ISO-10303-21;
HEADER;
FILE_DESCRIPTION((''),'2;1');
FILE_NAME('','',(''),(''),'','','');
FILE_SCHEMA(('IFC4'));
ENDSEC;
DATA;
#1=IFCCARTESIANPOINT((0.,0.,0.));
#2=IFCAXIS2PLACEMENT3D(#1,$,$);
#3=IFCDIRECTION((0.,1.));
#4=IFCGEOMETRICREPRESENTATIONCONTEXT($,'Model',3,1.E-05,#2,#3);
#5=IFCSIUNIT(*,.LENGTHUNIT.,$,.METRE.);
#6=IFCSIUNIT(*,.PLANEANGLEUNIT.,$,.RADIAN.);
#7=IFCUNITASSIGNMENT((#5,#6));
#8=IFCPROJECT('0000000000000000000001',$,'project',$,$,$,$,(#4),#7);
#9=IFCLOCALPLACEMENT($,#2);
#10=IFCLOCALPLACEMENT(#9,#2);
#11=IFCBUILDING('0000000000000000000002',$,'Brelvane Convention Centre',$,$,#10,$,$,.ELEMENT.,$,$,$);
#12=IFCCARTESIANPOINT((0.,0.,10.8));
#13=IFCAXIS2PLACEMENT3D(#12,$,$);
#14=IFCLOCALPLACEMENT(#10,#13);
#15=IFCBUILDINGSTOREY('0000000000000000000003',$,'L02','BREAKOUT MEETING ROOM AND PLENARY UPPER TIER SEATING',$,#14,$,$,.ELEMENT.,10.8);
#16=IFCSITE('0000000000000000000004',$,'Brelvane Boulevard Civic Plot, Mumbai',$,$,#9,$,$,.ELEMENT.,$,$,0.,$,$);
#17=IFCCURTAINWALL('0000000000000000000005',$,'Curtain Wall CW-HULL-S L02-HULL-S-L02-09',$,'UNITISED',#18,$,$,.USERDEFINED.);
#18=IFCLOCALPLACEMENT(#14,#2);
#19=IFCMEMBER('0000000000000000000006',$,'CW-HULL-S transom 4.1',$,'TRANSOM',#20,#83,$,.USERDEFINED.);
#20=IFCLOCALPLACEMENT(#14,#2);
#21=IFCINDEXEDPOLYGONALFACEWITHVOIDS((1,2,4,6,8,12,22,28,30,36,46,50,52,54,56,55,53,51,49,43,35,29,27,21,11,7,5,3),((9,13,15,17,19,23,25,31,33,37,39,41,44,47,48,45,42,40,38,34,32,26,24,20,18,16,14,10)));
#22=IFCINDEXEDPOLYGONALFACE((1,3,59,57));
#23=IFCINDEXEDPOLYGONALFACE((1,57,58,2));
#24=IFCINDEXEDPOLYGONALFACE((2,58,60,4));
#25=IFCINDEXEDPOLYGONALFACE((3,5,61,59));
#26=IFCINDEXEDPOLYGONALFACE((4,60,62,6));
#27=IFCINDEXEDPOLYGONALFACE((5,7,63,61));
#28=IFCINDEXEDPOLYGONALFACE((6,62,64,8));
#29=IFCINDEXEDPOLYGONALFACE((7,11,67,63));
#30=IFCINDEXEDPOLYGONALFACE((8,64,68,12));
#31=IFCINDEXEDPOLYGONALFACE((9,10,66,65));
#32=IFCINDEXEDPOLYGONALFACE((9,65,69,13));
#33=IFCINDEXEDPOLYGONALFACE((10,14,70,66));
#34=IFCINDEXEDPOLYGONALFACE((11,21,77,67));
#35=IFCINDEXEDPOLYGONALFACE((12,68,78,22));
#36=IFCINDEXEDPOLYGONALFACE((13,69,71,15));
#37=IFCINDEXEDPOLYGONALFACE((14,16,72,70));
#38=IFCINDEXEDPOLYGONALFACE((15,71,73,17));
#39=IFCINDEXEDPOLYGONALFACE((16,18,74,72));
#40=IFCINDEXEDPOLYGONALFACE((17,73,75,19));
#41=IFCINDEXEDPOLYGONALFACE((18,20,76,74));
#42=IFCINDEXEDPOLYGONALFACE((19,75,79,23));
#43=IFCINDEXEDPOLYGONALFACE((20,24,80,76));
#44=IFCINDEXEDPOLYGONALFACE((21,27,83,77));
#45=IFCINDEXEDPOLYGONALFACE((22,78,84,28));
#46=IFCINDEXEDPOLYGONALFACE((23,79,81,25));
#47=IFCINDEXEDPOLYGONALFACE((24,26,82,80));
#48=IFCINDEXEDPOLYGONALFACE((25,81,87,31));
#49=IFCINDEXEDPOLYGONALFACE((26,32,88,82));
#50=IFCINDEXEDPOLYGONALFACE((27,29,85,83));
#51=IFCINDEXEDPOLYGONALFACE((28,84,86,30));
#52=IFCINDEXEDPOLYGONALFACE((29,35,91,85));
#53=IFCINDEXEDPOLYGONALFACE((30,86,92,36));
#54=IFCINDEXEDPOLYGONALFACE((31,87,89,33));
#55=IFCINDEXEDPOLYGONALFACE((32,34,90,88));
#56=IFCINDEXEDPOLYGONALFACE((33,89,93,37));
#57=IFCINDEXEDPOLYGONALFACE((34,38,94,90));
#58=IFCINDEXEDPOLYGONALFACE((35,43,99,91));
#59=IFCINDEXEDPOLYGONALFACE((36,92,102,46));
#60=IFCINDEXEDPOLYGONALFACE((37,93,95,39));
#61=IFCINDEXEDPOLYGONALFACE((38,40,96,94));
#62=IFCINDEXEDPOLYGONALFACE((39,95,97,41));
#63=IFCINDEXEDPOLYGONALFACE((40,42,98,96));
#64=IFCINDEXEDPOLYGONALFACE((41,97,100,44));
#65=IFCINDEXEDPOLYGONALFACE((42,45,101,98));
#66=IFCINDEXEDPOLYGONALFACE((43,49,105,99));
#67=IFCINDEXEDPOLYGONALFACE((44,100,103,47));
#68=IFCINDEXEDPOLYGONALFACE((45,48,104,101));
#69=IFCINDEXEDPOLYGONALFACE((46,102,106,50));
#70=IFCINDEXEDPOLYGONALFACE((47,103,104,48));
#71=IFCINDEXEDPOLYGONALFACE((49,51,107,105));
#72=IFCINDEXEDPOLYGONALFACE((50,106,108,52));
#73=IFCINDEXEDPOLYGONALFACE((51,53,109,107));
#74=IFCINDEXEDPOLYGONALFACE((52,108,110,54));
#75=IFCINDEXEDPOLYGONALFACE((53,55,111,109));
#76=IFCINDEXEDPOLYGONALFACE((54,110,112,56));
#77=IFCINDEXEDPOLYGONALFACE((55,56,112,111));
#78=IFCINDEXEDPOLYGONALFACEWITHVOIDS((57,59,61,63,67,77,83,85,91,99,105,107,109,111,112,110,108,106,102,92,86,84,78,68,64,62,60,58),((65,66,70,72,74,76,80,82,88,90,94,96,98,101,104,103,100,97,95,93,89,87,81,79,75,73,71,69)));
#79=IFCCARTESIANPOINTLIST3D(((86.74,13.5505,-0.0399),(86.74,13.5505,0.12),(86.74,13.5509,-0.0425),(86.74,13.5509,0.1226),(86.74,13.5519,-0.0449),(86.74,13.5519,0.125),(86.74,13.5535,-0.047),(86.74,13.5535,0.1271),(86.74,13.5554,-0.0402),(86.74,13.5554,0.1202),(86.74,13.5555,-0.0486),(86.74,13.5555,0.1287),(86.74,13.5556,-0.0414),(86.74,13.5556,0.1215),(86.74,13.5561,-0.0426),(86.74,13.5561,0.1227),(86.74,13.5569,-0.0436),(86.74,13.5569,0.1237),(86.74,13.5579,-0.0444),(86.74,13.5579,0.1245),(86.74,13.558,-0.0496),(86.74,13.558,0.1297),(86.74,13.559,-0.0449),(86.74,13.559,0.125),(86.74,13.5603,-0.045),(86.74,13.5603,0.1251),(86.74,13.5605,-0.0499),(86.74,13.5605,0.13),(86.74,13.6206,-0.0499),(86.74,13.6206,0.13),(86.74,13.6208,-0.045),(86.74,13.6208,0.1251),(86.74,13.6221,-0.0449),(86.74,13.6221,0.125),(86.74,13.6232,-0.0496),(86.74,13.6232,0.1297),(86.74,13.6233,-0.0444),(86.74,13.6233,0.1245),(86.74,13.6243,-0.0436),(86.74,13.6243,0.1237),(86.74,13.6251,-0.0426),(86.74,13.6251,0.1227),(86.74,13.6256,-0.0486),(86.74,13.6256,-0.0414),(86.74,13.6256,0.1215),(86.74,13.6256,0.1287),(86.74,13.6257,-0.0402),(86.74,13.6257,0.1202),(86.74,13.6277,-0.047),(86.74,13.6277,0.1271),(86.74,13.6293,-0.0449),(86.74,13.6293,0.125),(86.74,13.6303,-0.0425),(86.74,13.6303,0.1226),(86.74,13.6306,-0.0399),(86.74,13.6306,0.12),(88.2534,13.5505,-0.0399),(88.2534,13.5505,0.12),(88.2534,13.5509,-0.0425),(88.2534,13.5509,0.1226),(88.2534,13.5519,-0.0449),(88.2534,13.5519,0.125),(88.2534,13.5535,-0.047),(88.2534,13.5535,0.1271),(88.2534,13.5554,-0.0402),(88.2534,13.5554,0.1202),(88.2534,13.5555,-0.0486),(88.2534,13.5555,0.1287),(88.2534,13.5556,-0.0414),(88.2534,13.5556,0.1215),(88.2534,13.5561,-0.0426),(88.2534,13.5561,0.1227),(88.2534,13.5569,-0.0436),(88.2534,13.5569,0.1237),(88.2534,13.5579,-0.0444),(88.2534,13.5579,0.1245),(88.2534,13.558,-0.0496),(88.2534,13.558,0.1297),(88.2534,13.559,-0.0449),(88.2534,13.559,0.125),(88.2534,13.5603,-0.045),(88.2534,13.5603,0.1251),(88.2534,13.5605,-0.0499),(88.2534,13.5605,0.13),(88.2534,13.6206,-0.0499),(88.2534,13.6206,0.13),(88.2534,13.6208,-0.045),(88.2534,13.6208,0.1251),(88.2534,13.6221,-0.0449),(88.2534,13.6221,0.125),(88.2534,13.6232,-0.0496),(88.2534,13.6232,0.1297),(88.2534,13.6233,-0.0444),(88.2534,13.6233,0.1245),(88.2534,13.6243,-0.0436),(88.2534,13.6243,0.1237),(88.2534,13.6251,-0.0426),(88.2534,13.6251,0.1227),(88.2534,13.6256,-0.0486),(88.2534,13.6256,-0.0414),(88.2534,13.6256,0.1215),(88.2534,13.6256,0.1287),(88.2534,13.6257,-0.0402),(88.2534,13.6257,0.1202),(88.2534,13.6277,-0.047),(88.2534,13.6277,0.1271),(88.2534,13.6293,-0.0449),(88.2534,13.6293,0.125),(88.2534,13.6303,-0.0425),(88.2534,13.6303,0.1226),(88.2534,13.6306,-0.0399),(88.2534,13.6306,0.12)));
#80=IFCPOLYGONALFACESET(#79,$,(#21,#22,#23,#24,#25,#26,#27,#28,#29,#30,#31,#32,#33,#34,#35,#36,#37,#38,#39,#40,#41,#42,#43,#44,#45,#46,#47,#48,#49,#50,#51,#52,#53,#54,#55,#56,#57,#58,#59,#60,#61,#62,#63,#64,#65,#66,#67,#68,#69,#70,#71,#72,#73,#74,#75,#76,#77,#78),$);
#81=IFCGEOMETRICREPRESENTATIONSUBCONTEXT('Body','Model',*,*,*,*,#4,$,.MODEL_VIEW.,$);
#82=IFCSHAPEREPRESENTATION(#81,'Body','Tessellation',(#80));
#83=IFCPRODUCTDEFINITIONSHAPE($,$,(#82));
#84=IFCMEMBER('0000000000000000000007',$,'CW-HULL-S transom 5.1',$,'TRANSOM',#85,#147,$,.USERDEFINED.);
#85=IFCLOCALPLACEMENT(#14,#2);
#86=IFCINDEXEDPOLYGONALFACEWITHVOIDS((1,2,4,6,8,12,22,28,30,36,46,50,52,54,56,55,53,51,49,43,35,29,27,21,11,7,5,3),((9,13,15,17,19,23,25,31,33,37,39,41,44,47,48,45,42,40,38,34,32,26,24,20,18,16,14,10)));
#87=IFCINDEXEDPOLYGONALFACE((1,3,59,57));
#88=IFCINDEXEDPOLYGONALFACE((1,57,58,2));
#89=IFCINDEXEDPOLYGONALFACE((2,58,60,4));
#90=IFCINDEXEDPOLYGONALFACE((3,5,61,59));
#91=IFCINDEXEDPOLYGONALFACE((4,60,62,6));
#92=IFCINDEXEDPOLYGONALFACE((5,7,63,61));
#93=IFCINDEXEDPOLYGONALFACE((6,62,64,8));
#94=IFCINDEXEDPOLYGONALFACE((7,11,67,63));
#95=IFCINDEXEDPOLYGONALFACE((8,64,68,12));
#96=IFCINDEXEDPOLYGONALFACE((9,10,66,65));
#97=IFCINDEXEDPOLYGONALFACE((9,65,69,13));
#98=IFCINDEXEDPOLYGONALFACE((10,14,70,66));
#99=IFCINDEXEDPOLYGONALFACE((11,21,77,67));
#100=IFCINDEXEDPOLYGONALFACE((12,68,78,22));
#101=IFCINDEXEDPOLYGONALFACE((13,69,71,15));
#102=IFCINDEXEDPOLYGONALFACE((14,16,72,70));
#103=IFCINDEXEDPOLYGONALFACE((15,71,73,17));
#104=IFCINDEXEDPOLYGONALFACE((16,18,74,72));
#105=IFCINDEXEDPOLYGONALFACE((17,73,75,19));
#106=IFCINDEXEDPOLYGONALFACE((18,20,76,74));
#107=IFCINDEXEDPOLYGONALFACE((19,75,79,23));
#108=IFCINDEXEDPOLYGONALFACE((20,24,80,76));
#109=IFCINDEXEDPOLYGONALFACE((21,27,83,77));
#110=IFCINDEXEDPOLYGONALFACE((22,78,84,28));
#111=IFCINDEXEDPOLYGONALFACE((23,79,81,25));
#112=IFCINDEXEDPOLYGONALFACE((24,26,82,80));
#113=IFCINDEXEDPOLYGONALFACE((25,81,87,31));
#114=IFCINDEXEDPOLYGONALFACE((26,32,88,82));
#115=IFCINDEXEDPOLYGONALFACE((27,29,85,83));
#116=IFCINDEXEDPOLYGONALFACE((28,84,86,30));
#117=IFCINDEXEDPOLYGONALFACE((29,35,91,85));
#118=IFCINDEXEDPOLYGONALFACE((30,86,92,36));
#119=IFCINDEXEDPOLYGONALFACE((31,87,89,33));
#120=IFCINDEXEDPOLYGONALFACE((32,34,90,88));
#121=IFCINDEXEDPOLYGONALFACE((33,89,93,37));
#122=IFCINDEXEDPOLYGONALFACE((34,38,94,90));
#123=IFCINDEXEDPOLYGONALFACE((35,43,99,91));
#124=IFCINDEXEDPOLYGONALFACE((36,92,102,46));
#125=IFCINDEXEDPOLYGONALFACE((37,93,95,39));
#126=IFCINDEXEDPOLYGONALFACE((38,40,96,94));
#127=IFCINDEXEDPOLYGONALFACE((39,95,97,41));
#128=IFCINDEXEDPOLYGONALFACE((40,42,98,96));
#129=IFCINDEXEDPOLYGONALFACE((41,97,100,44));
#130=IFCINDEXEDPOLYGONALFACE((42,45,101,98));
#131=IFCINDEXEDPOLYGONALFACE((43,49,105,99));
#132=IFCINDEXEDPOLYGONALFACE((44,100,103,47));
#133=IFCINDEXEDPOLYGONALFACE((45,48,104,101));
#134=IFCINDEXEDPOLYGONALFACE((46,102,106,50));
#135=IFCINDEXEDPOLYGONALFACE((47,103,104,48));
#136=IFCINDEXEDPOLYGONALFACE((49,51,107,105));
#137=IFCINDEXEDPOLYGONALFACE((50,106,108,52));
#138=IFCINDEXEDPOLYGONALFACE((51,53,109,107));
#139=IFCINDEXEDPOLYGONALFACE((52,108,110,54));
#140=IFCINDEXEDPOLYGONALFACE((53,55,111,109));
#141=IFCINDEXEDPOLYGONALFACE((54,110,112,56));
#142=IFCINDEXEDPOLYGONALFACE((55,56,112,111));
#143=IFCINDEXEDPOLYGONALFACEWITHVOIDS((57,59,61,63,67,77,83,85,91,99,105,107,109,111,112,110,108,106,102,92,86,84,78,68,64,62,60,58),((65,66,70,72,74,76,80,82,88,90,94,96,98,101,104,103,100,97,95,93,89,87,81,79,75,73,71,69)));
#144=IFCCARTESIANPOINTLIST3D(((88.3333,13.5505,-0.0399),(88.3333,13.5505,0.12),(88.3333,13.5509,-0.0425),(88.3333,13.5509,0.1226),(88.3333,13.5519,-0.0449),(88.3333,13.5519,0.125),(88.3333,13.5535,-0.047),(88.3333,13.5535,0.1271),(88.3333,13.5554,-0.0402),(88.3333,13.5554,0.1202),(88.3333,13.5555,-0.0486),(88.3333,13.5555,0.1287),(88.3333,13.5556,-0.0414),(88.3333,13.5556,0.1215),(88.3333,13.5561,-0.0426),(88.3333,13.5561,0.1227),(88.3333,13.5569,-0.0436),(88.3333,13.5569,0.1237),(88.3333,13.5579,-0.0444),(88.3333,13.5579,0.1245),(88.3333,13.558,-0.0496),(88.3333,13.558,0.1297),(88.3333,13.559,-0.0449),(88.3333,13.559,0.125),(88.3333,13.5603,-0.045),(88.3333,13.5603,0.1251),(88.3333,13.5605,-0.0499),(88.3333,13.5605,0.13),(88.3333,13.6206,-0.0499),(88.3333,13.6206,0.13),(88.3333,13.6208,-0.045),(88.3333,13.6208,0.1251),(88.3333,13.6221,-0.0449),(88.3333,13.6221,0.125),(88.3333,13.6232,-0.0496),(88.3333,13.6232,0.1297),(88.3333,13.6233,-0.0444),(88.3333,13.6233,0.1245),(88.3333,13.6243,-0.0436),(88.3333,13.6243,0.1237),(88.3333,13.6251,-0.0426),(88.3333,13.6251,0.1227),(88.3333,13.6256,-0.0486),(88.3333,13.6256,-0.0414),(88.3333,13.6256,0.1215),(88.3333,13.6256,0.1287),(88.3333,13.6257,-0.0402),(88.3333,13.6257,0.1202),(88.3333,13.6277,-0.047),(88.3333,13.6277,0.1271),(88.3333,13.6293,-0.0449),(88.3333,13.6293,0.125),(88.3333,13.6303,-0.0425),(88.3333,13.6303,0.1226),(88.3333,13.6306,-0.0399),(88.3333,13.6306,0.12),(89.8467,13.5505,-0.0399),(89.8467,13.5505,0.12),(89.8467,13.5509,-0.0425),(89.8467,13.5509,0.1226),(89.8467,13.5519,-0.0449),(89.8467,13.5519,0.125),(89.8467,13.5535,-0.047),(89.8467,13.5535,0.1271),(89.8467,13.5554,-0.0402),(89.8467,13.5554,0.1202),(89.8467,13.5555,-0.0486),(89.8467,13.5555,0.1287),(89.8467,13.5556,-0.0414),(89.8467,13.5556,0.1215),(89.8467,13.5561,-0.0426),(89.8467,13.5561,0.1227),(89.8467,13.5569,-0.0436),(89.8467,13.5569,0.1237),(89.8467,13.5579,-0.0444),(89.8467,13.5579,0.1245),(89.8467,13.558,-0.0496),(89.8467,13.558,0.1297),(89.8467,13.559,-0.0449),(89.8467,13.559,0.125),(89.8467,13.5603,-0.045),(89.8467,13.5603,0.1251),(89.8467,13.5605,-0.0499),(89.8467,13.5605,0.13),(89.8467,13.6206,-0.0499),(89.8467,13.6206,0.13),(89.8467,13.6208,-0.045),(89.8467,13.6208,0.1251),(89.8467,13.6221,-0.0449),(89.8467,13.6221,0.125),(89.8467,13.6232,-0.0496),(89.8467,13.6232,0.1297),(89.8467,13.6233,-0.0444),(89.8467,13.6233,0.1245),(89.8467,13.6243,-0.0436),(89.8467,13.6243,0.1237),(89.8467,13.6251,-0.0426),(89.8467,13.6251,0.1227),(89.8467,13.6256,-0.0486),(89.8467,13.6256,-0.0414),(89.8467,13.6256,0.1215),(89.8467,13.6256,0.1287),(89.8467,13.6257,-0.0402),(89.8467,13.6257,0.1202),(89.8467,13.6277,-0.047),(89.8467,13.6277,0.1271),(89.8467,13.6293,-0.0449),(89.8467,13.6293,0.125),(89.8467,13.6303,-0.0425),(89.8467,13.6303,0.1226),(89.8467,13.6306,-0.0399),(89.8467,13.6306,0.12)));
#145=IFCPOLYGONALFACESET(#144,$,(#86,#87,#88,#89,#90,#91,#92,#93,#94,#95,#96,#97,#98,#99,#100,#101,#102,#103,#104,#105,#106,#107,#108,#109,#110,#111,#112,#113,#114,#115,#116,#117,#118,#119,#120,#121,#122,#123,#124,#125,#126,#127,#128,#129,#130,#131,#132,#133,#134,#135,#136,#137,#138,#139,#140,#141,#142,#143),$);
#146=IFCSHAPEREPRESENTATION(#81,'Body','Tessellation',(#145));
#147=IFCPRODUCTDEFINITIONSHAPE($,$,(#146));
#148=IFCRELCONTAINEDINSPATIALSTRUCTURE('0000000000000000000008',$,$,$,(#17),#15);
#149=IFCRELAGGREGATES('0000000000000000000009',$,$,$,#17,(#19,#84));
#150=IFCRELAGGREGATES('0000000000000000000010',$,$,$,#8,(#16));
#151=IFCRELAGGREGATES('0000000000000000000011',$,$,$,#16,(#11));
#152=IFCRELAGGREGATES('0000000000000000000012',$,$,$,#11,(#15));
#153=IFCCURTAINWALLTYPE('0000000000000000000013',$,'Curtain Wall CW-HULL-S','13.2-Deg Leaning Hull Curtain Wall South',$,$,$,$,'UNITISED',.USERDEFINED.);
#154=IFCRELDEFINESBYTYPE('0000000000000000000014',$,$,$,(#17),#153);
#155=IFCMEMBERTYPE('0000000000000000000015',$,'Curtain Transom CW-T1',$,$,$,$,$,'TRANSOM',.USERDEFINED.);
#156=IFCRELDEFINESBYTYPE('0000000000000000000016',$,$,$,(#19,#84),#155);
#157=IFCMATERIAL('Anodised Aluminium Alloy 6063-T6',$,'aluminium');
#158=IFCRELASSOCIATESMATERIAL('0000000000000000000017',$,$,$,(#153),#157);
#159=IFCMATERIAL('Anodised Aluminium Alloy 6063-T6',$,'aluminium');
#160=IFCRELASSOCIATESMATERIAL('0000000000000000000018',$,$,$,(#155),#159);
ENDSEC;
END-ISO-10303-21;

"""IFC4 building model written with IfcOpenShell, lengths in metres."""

from ifc_helpers import new_model, si_unit, direction, frame, origin, origin_2d, place, context, subcontext, project, spatial, hollow_rectangle, extrude, material, material_profile, profile_set, type_object, element, aggregate, save


model = new_model("IFC4")

# Units and contexts
model_context = context("Model", 3, precision=1e-05, world=origin(), true_north=direction((0.0, 1.0)))
body_context = subcontext(model_context, "Body", "Model", "MODEL_VIEW")
ifc_project = project(units=[si_unit("LENGTHUNIT", "METRE"), si_unit("PLANEANGLEUNIT", "RADIAN")], contexts=[model_context])

# Site, building, storey
site_placement = place(None, origin())
site = spatial("IfcSite", under=ifc_project, at=site_placement, Name="Brelvane Boulevard Civic Plot, Mumbai", CompositionType="ELEMENT", RefElevation=0.0)
building_placement = place(site_placement, origin())
building = spatial("IfcBuilding", under=site, at=building_placement, Name="Brelvane Convention Centre", CompositionType="ELEMENT")
storey_placement = place(building_placement, frame((0.0, 0.0, 10.8)))
storey = spatial("IfcBuildingStorey", under=building, at=storey_placement, Name="L02", Description="BREAKOUT MEETING ROOM AND PLENARY UPPER TIER SEATING", CompositionType="ELEMENT", Elevation=10.8)

# Curtain wall
ifc_material_1 = material(Name="Anodised Aluminium Alloy 6063-T6", Category="aluminium")
curtain_wall_type = type_object("IfcCurtainWallType", Name="Curtain Wall CW-HULL-S", Description="13.2-Deg Leaning Hull Curtain Wall South", ElementType="UNITISED", PredefinedType="USERDEFINED", material=ifc_material_1)
curtain_wall_1_placement = place(storey_placement, origin())
curtain_wall_1 = element("IfcCurtainWall", 1, at=curtain_wall_1_placement, inside=storey, type_object=curtain_wall_type, Name="Curtain Wall CW-HULL-S L02-HULL-S-L02-09", ObjectType="UNITISED", PredefinedType="USERDEFINED")

# Members
ifc_material_2 = material(Name="Anodised Aluminium Alloy 6063-T6", Category="aluminium")
ifc_material_profile_1 = material_profile(ifc_material_2, hollow_rectangle(XDim=0.0801, YDim=0.1799, WallThickness=0.0049, InnerFilletRadius=0.0049, OuterFilletRadius=0.01, at=origin_2d()), Name="ALU-T 180x80x5.0")
ifc_profile_set_1 = profile_set([ifc_material_profile_1], Name="Anodised Aluminium Alloy 6063-T6")
member_type_1 = type_object("IfcMemberType", Name="Curtain Transom CW-T1", ElementType="TRANSOM", PredefinedType="USERDEFINED", material=ifc_profile_set_1)
member_1_placement = place(storey_placement, frame((86.74, 13.5906, 0.04), z_axis=(1.0, 0.0, 0.0), x_axis=(0.0, 1.0, 0.0)))
member_1 = element("IfcMember", 2, at=member_1_placement, type_object=member_type_1, Name="CW-HULL-S transom 4.1", ObjectType="TRANSOM", PredefinedType="USERDEFINED", context=body_context, shape_type="SweptSolid", body=[
    extrude(hollow_rectangle(XDim=0.0801, YDim=0.1799, WallThickness=0.0049, InnerFilletRadius=0.0049, OuterFilletRadius=0.01, at=origin_2d()), origin(), (0.0, 0.0, 1.0), 1.5134),
])
member_2_placement = place(storey_placement, frame((88.3333, 13.5906, 0.04), z_axis=(1.0, 0.0, 0.0), x_axis=(0.0, 1.0, 0.0)))
member_2 = element("IfcMember", 3, at=member_2_placement, type_object=member_type_1, Name="CW-HULL-S transom 5.1", ObjectType="TRANSOM", PredefinedType="USERDEFINED", context=body_context, shape_type="SweptSolid", body=[
    extrude(hollow_rectangle(XDim=0.0801, YDim=0.1799, WallThickness=0.0049, InnerFilletRadius=0.0049, OuterFilletRadius=0.01, at=origin_2d()), origin(), (0.0, 0.0, 1.0), 1.5134),
])

aggregate(curtain_wall_1, [member_1, member_2])

save(model, "model.ifc")
